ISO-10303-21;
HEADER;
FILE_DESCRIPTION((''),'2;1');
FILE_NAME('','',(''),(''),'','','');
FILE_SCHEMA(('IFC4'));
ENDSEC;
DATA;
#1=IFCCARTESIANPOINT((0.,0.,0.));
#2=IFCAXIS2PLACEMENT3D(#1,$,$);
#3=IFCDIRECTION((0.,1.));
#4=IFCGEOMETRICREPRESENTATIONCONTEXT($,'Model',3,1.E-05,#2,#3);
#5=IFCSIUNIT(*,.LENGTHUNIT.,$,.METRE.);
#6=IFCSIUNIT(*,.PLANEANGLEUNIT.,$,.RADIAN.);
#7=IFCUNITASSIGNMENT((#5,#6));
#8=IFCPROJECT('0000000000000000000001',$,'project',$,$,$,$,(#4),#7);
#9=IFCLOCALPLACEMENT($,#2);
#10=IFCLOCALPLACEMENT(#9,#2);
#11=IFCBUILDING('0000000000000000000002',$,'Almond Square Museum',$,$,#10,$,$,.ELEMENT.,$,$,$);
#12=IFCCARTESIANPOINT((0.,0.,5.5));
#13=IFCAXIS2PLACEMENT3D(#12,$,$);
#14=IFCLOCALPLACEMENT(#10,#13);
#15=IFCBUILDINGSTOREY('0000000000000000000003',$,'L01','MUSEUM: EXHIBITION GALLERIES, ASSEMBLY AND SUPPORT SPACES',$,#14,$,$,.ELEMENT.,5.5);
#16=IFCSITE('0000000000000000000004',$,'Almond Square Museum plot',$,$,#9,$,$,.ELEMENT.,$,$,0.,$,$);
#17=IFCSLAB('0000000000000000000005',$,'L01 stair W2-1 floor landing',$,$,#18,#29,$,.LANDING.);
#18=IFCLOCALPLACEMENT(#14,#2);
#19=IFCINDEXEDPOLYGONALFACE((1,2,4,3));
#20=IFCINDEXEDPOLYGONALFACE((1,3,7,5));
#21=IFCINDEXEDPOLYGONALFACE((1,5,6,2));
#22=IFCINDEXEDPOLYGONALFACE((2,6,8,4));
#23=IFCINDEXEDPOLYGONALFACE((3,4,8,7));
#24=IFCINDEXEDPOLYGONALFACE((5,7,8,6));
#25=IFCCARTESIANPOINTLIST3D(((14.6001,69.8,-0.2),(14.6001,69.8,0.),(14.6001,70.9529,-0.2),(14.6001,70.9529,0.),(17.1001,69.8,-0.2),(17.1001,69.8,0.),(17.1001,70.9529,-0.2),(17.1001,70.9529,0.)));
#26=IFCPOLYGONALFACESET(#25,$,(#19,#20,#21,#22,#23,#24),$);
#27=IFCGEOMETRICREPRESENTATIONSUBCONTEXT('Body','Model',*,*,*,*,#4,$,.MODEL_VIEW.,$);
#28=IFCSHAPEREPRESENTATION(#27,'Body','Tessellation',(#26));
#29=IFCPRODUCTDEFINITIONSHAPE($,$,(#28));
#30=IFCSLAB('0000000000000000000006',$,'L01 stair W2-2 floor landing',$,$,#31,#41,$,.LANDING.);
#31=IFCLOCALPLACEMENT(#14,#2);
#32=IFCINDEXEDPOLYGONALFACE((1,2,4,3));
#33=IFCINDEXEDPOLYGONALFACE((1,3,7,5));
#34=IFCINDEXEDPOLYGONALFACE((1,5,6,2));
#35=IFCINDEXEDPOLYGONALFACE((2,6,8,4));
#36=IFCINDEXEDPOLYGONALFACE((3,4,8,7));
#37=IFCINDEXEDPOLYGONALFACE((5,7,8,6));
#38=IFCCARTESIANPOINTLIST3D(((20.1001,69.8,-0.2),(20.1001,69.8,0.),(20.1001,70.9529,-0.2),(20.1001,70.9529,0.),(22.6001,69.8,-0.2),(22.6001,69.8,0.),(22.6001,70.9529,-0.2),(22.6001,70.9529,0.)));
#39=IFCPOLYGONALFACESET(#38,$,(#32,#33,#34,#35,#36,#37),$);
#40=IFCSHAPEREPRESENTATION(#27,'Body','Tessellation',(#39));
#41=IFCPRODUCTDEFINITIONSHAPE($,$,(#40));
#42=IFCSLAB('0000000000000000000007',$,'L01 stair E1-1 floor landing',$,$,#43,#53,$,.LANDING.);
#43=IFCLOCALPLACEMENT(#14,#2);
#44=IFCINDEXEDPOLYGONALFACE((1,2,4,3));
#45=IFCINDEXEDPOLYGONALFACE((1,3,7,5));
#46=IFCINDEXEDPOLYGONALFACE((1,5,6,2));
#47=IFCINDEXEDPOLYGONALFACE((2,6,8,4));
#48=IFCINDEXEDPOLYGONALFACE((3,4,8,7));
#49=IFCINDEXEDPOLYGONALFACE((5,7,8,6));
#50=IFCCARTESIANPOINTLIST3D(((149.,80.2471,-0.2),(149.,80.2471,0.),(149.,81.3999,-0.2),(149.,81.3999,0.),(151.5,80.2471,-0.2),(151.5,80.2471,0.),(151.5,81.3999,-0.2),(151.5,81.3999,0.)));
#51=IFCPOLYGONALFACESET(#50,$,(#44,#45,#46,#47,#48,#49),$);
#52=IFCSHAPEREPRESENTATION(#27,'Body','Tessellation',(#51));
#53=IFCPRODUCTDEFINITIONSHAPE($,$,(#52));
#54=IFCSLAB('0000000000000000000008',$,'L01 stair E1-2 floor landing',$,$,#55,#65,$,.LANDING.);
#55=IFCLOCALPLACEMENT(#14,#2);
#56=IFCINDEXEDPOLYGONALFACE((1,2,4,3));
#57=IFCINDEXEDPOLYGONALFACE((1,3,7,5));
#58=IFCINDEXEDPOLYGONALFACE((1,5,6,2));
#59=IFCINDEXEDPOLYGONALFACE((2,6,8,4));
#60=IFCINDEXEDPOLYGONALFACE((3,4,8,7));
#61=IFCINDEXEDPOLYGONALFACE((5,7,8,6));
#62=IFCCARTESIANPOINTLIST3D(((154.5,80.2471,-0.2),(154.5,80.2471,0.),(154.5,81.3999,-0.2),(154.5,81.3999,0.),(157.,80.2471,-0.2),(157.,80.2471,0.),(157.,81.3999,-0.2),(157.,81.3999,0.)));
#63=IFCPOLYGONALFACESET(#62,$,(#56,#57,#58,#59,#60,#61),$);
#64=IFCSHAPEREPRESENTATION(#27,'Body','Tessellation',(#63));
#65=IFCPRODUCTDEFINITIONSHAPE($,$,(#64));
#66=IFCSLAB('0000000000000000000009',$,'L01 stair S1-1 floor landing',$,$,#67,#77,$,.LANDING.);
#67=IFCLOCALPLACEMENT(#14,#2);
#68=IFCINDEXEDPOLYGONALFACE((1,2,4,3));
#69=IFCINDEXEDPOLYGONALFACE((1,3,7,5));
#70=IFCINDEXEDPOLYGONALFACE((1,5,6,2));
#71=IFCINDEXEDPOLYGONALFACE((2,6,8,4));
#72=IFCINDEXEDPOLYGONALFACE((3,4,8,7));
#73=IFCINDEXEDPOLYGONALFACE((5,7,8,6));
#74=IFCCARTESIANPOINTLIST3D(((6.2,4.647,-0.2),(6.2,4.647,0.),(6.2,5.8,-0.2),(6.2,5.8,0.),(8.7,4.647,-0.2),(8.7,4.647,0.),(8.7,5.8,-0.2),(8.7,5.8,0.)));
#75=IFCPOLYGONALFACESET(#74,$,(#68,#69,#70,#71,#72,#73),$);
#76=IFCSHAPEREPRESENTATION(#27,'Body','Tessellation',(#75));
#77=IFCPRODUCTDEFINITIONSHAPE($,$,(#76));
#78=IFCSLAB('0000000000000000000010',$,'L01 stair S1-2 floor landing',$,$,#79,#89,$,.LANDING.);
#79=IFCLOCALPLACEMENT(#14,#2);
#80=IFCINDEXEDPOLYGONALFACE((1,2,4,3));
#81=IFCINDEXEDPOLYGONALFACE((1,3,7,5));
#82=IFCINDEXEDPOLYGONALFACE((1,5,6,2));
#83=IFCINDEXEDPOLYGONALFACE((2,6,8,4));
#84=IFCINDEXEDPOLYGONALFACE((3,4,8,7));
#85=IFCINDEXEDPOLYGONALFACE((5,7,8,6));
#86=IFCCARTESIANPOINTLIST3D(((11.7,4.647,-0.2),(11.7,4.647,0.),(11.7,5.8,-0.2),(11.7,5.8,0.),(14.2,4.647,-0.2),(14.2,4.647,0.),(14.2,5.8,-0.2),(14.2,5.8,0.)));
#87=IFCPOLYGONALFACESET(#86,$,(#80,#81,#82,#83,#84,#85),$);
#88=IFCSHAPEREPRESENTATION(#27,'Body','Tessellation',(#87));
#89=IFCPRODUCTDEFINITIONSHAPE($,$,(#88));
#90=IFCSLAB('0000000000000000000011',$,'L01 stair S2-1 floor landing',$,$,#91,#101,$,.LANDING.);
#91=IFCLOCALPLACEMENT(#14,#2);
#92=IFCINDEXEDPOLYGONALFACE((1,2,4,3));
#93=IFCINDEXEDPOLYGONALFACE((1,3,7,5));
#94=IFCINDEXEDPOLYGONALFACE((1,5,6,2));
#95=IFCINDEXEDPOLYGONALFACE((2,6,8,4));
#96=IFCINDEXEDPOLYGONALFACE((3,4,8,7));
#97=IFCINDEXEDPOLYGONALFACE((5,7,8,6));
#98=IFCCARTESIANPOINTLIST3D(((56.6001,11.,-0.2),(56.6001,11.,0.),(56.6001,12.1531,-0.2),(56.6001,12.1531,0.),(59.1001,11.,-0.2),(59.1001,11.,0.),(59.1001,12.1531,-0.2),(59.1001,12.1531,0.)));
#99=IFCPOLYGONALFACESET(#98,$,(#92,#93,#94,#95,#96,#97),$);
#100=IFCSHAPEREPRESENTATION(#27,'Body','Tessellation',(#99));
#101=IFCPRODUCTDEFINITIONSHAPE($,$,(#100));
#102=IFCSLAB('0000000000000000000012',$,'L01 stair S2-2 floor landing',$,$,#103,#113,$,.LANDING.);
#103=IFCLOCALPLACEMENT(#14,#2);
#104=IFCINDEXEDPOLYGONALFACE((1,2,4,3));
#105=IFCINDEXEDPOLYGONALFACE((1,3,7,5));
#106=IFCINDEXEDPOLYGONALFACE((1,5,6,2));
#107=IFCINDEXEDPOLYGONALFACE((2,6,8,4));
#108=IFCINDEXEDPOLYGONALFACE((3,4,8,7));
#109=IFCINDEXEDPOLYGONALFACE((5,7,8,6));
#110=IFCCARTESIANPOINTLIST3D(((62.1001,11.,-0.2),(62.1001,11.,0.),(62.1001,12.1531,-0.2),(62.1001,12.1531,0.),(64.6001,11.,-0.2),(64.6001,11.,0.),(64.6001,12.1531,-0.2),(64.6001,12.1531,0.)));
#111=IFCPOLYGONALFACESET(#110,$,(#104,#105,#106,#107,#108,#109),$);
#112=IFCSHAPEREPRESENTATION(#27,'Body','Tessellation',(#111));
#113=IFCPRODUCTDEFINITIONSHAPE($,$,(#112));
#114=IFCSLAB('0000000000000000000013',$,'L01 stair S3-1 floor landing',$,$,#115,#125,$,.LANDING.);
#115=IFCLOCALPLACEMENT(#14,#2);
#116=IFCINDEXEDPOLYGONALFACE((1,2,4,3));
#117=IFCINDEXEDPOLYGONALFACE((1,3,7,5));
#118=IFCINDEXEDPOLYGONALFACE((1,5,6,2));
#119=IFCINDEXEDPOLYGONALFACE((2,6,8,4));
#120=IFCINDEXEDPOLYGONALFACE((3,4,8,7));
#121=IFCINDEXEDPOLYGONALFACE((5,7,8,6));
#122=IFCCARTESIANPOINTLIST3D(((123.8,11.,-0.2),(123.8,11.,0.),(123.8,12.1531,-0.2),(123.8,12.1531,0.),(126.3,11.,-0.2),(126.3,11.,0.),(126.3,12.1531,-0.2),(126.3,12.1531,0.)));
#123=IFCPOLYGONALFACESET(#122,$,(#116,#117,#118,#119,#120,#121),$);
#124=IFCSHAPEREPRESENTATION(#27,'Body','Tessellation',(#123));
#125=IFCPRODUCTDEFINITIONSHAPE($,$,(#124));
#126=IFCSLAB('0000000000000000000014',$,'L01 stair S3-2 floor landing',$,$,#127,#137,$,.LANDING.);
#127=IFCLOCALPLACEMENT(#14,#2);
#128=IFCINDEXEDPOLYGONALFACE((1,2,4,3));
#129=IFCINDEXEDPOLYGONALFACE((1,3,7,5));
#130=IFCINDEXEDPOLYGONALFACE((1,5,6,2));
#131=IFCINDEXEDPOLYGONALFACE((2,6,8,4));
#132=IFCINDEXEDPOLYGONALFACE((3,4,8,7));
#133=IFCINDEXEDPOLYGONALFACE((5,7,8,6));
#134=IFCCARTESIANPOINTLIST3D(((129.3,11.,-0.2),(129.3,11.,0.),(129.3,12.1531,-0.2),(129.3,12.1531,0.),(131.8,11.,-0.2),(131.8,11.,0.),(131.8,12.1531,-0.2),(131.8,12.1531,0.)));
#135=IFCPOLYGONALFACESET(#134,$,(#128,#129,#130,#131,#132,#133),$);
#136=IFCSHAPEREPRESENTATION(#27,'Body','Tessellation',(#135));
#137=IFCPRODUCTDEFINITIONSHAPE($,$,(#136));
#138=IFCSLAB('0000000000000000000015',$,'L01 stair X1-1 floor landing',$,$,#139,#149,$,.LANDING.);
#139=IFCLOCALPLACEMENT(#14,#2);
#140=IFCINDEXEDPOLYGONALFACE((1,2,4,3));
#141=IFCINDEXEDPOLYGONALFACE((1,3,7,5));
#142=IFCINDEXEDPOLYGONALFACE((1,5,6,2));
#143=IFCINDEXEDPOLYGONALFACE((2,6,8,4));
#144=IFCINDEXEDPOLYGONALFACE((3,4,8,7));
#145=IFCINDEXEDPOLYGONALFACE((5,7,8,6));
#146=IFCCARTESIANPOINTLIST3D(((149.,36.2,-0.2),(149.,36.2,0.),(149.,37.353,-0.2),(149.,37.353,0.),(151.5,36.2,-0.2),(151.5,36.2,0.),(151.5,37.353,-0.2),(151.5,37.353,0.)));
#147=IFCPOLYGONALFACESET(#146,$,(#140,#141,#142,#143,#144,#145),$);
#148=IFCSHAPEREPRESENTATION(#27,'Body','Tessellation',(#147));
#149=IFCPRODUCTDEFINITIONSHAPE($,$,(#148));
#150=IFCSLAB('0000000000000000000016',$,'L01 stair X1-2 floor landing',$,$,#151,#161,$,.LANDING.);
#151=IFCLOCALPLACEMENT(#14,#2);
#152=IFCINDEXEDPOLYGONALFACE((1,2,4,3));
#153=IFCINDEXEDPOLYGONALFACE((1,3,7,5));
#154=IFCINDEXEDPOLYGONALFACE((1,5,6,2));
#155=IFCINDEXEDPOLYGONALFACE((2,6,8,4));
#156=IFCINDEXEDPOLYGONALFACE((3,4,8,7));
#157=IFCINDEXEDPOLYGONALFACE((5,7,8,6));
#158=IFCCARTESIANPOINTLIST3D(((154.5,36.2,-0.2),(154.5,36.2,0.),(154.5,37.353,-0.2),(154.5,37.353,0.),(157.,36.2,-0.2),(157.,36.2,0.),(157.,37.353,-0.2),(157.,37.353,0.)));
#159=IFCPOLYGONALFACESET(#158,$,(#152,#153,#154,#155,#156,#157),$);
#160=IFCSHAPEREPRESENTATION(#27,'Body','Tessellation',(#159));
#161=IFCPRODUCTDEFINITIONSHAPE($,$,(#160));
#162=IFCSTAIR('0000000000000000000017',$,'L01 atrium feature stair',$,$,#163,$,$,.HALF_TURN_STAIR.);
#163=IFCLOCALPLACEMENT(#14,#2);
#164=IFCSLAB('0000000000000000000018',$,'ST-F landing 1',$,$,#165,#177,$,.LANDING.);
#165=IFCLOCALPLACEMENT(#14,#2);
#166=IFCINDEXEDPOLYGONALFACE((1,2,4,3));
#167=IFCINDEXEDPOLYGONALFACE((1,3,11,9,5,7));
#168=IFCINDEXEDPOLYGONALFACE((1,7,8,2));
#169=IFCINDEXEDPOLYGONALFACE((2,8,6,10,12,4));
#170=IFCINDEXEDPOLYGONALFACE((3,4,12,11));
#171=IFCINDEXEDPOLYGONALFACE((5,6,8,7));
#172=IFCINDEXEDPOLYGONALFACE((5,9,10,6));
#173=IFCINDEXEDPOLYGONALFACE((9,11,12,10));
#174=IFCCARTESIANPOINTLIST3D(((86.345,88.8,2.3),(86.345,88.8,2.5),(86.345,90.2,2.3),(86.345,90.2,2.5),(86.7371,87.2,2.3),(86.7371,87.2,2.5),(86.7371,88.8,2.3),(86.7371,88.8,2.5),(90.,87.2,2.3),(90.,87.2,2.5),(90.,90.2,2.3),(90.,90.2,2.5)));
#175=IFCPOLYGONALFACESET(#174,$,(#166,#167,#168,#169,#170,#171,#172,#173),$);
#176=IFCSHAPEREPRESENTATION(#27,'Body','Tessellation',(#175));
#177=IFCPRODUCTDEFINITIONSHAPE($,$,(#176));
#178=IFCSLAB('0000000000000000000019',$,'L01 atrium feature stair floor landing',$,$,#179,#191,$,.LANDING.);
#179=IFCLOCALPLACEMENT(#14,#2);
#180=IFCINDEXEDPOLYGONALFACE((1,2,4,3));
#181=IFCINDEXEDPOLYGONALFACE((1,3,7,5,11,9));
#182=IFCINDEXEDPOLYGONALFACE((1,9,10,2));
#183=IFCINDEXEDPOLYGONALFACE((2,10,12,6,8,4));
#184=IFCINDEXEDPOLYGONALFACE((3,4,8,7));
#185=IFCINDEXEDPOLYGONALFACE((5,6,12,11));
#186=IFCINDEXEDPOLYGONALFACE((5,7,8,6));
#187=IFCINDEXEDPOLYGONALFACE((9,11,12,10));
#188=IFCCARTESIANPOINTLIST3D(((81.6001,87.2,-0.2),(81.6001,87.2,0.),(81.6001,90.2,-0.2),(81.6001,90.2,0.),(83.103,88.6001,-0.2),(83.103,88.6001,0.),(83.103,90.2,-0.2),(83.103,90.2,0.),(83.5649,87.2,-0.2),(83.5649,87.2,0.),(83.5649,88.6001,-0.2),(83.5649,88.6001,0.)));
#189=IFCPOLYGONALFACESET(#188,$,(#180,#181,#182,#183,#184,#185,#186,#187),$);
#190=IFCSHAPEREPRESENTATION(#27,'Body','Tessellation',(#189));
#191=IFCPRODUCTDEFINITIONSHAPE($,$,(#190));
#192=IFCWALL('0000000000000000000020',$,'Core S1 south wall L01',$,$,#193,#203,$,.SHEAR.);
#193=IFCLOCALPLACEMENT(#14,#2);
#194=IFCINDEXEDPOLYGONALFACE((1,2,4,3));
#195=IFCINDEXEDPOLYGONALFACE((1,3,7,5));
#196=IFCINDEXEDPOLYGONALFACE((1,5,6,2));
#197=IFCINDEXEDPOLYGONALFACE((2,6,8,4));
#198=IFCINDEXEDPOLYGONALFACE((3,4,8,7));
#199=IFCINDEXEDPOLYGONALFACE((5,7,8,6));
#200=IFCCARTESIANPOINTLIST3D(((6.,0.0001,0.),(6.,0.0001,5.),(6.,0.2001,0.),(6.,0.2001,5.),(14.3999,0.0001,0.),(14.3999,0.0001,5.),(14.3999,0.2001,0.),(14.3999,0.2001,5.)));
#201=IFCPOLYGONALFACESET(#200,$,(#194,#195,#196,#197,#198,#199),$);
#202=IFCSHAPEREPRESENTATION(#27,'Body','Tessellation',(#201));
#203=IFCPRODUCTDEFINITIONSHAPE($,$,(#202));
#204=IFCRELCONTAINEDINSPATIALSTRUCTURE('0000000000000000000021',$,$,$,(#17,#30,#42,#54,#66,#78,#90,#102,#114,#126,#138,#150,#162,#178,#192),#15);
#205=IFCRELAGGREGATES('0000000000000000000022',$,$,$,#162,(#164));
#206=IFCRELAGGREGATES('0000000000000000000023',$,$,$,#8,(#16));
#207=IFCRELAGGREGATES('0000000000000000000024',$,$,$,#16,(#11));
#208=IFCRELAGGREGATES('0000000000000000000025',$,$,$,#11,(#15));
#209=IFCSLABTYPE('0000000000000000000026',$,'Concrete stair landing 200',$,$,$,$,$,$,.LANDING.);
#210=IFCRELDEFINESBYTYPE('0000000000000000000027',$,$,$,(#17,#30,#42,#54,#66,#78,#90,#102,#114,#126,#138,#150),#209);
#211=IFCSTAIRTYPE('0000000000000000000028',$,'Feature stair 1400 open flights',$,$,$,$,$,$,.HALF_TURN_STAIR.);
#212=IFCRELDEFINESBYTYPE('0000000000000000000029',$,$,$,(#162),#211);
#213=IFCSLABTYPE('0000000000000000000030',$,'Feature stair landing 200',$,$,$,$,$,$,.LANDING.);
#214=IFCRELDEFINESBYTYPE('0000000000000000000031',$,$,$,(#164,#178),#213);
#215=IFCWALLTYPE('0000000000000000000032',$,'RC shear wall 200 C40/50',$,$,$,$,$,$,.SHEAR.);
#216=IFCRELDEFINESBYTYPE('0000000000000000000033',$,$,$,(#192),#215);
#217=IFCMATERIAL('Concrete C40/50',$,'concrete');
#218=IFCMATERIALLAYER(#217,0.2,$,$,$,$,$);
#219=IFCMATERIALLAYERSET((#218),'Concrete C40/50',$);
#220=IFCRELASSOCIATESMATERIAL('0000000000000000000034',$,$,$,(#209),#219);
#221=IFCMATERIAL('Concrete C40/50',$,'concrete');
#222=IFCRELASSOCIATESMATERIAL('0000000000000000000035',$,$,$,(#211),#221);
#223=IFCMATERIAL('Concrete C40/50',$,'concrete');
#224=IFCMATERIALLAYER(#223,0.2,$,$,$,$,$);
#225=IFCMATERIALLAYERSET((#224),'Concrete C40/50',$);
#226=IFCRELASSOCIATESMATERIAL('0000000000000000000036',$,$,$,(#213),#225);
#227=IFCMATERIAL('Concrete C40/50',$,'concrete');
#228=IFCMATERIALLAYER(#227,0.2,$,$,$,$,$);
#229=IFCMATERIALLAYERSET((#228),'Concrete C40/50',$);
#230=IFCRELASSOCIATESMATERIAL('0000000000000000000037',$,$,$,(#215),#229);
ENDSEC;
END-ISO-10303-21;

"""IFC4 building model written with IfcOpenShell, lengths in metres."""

from ifc_helpers import new_model, si_unit, direction, frame, frame_2d, origin, place, context, subcontext, project, spatial, polyline, rectangle, outline, extrude, material, layer, layer_set, type_object, element, aggregate, save


model = new_model("IFC4")

# Units and contexts
model_context = context("Model", 3, precision=1e-05, world=origin(), true_north=direction((0.0, 1.0)))
body_context = subcontext(model_context, "Body", "Model", "MODEL_VIEW")
ifc_project = project(units=[si_unit("LENGTHUNIT", "METRE"), si_unit("PLANEANGLEUNIT", "RADIAN")], contexts=[model_context])

# Site, building, storey
site_placement = place(None, origin())
site = spatial("IfcSite", under=ifc_project, at=site_placement, Name="Almond Square Museum plot", CompositionType="ELEMENT", RefElevation=0.0)
building_placement = place(site_placement, origin())
building = spatial("IfcBuilding", under=site, at=building_placement, Name="Almond Square Museum", CompositionType="ELEMENT")
storey_placement = place(building_placement, frame((0.0, 0.0, 5.5)))
storey = spatial("IfcBuildingStorey", under=building, at=storey_placement, Name="L01", Description="MUSEUM: EXHIBITION GALLERIES, ASSEMBLY AND SUPPORT SPACES", CompositionType="ELEMENT", Elevation=5.5)

# Slabs
ifc_material_1 = material(Name="Concrete C40/50", Category="concrete")
ifc_layer_1 = layer(ifc_material_1, 0.2)
ifc_layer_set_1 = layer_set([ifc_layer_1], Name="Concrete C40/50")
slab_type_1 = type_object("IfcSlabType", Name="Concrete stair landing 200", PredefinedType="LANDING", material=ifc_layer_set_1)
slab_1_placement = place(storey_placement, frame((0.0, 0.0, -0.2)))
element("IfcSlab", 1, at=slab_1_placement, inside=storey, type_object=slab_type_1, Name="L01 stair W2-1 floor landing", PredefinedType="LANDING", context=body_context, shape_type="SweptSolid", body=[
    extrude(outline(polyline([(14.6001, 69.8), (17.1001, 69.8), (17.1001, 70.9529), (14.6001, 70.9529), (14.6001, 69.8)])), origin(), (0.0, 0.0, 1.0), 0.2),
])
slab_2_placement = place(storey_placement, frame((0.0, 0.0, -0.2)))
element("IfcSlab", 2, at=slab_2_placement, inside=storey, type_object=slab_type_1, Name="L01 stair W2-2 floor landing", PredefinedType="LANDING", context=body_context, shape_type="SweptSolid", body=[
    extrude(outline(polyline([(20.1001, 69.8), (22.6001, 69.8), (22.6001, 70.9529), (20.1001, 70.9529), (20.1001, 69.8)])), origin(), (0.0, 0.0, 1.0), 0.2),
])
slab_3_placement = place(storey_placement, frame((0.0, 0.0, -0.2)))
element("IfcSlab", 3, at=slab_3_placement, inside=storey, type_object=slab_type_1, Name="L01 stair E1-1 floor landing", PredefinedType="LANDING", context=body_context, shape_type="SweptSolid", body=[
    extrude(outline(polyline([(149.0, 80.2471), (151.5, 80.2471), (151.5, 81.3999), (149.0, 81.3999), (149.0, 80.2471)])), origin(), (0.0, 0.0, 1.0), 0.2),
])
slab_4_placement = place(storey_placement, frame((0.0, 0.0, -0.2)))
element("IfcSlab", 4, at=slab_4_placement, inside=storey, type_object=slab_type_1, Name="L01 stair E1-2 floor landing", PredefinedType="LANDING", context=body_context, shape_type="SweptSolid", body=[
    extrude(outline(polyline([(154.5, 80.2471), (157.0, 80.2471), (157.0, 81.3999), (154.5, 81.3999), (154.5, 80.2471)])), origin(), (0.0, 0.0, 1.0), 0.2),
])
slab_5_placement = place(storey_placement, frame((0.0, 0.0, -0.2)))
element("IfcSlab", 5, at=slab_5_placement, inside=storey, type_object=slab_type_1, Name="L01 stair S1-1 floor landing", PredefinedType="LANDING", context=body_context, shape_type="SweptSolid", body=[
    extrude(outline(polyline([(6.2, 4.647), (8.7, 4.647), (8.7, 5.8), (6.2, 5.8), (6.2, 4.647)])), origin(), (0.0, 0.0, 1.0), 0.2),
])
slab_6_placement = place(storey_placement, frame((0.0, 0.0, -0.2)))
element("IfcSlab", 6, at=slab_6_placement, inside=storey, type_object=slab_type_1, Name="L01 stair S1-2 floor landing", PredefinedType="LANDING", context=body_context, shape_type="SweptSolid", body=[
    extrude(outline(polyline([(11.7, 4.647), (14.2, 4.647), (14.2, 5.8), (11.7, 5.8), (11.7, 4.647)])), origin(), (0.0, 0.0, 1.0), 0.2),
])
slab_7_placement = place(storey_placement, frame((0.0, 0.0, -0.2)))
element("IfcSlab", 7, at=slab_7_placement, inside=storey, type_object=slab_type_1, Name="L01 stair S2-1 floor landing", PredefinedType="LANDING", context=body_context, shape_type="SweptSolid", body=[
    extrude(outline(polyline([(56.6001, 11.0), (59.1001, 11.0), (59.1001, 12.1531), (56.6001, 12.1531), (56.6001, 11.0)])), origin(), (0.0, 0.0, 1.0), 0.2),
])
slab_8_placement = place(storey_placement, frame((0.0, 0.0, -0.2)))
element("IfcSlab", 8, at=slab_8_placement, inside=storey, type_object=slab_type_1, Name="L01 stair S2-2 floor landing", PredefinedType="LANDING", context=body_context, shape_type="SweptSolid", body=[
    extrude(outline(polyline([(62.1001, 11.0), (64.6001, 11.0), (64.6001, 12.1531), (62.1001, 12.1531), (62.1001, 11.0)])), origin(), (0.0, 0.0, 1.0), 0.2),
])
slab_9_placement = place(storey_placement, frame((0.0, 0.0, -0.2)))
element("IfcSlab", 9, at=slab_9_placement, inside=storey, type_object=slab_type_1, Name="L01 stair S3-1 floor landing", PredefinedType="LANDING", context=body_context, shape_type="SweptSolid", body=[
    extrude(outline(polyline([(123.8, 11.0), (126.3, 11.0), (126.3, 12.1531), (123.8, 12.1531), (123.8, 11.0)])), origin(), (0.0, 0.0, 1.0), 0.2),
])
slab_10_placement = place(storey_placement, frame((0.0, 0.0, -0.2)))
element("IfcSlab", 10, at=slab_10_placement, inside=storey, type_object=slab_type_1, Name="L01 stair S3-2 floor landing", PredefinedType="LANDING", context=body_context, shape_type="SweptSolid", body=[
    extrude(outline(polyline([(129.3, 11.0), (131.8, 11.0), (131.8, 12.1531), (129.3, 12.1531), (129.3, 11.0)])), origin(), (0.0, 0.0, 1.0), 0.2),
])
slab_11_placement = place(storey_placement, frame((0.0, 0.0, -0.2)))
element("IfcSlab", 11, at=slab_11_placement, inside=storey, type_object=slab_type_1, Name="L01 stair X1-1 floor landing", PredefinedType="LANDING", context=body_context, shape_type="SweptSolid", body=[
    extrude(outline(polyline([(149.0, 36.2), (151.5, 36.2), (151.5, 37.353), (149.0, 37.353), (149.0, 36.2)])), origin(), (0.0, 0.0, 1.0), 0.2),
])
slab_12_placement = place(storey_placement, frame((0.0, 0.0, -0.2)))
element("IfcSlab", 12, at=slab_12_placement, inside=storey, type_object=slab_type_1, Name="L01 stair X1-2 floor landing", PredefinedType="LANDING", context=body_context, shape_type="SweptSolid", body=[
    extrude(outline(polyline([(154.5, 36.2), (157.0, 36.2), (157.0, 37.353), (154.5, 37.353), (154.5, 36.2)])), origin(), (0.0, 0.0, 1.0), 0.2),
])

# Stair, slab
ifc_material_2 = material(Name="Concrete C40/50", Category="concrete")
stair_type_1 = type_object("IfcStairType", Name="Feature stair 1400 open flights", PredefinedType="HALF_TURN_STAIR", material=ifc_material_2)
stair_1_placement = place(storey_placement, origin())
stair_1 = element("IfcStair", 13, at=stair_1_placement, inside=storey, type_object=stair_type_1, Name="L01 atrium feature stair", PredefinedType="HALF_TURN_STAIR")
ifc_material_3 = material(Name="Concrete C40/50", Category="concrete")
ifc_layer_2 = layer(ifc_material_3, 0.2)
ifc_layer_set_2 = layer_set([ifc_layer_2], Name="Concrete C40/50")
slab_type_2 = type_object("IfcSlabType", Name="Feature stair landing 200", PredefinedType="LANDING", material=ifc_layer_set_2)
slab_13_placement = place(storey_placement, frame((0.0, 0.0, 2.3)))
slab_13 = element("IfcSlab", 14, at=slab_13_placement, type_object=slab_type_2, Name="ST-F landing 1", PredefinedType="LANDING", context=body_context, shape_type="SweptSolid", body=[
    extrude(outline(polyline([(86.7371, 87.2), (90.0, 87.2), (90.0, 90.2), (86.345, 90.2), (86.345, 88.8), (86.7371, 88.8), (86.7371, 87.2)])), origin(), (0.0, 0.0, 1.0), 0.2),
])
aggregate(stair_1, [slab_13])

# Slab
slab_14_placement = place(storey_placement, frame((0.0, 0.0, -0.2)))
element("IfcSlab", 15, at=slab_14_placement, inside=storey, type_object=slab_type_2, Name="L01 atrium feature stair floor landing", PredefinedType="LANDING", context=body_context, shape_type="SweptSolid", body=[
    extrude(outline(polyline([(81.6001, 87.2), (83.5649, 87.2), (83.5649, 88.6001), (83.103, 88.6001), (83.103, 90.2), (81.6001, 90.2), (81.6001, 87.2)])), origin(), (0.0, 0.0, 1.0), 0.2),
])

# Wall
ifc_material_4 = material(Name="Concrete C40/50", Category="concrete")
ifc_layer_3 = layer(ifc_material_4, 0.2)
ifc_layer_set_3 = layer_set([ifc_layer_3], Name="Concrete C40/50")
wall_type = type_object("IfcWallType", Name="RC shear wall 200 C40/50", PredefinedType="SHEAR", material=ifc_layer_set_3)
wall_1_placement = place(storey_placement, frame((6.0, 0.1001, 0.0), z_axis=(0.0, 0.0, 1.0), x_axis=(1.0, 0.0, 0.0)))
element("IfcWall", 16, at=wall_1_placement, inside=storey, type_object=wall_type, Name="Core S1 south wall L01", PredefinedType="SHEAR", context=body_context, shape_type="SweptSolid", body=[
    extrude(rectangle(XDim=8.3999, YDim=0.2, at=frame_2d((4.2, 0.0))), origin(), (0.0, 0.0, 1.0), 5.0),
])

save(model, "model.ifc")
